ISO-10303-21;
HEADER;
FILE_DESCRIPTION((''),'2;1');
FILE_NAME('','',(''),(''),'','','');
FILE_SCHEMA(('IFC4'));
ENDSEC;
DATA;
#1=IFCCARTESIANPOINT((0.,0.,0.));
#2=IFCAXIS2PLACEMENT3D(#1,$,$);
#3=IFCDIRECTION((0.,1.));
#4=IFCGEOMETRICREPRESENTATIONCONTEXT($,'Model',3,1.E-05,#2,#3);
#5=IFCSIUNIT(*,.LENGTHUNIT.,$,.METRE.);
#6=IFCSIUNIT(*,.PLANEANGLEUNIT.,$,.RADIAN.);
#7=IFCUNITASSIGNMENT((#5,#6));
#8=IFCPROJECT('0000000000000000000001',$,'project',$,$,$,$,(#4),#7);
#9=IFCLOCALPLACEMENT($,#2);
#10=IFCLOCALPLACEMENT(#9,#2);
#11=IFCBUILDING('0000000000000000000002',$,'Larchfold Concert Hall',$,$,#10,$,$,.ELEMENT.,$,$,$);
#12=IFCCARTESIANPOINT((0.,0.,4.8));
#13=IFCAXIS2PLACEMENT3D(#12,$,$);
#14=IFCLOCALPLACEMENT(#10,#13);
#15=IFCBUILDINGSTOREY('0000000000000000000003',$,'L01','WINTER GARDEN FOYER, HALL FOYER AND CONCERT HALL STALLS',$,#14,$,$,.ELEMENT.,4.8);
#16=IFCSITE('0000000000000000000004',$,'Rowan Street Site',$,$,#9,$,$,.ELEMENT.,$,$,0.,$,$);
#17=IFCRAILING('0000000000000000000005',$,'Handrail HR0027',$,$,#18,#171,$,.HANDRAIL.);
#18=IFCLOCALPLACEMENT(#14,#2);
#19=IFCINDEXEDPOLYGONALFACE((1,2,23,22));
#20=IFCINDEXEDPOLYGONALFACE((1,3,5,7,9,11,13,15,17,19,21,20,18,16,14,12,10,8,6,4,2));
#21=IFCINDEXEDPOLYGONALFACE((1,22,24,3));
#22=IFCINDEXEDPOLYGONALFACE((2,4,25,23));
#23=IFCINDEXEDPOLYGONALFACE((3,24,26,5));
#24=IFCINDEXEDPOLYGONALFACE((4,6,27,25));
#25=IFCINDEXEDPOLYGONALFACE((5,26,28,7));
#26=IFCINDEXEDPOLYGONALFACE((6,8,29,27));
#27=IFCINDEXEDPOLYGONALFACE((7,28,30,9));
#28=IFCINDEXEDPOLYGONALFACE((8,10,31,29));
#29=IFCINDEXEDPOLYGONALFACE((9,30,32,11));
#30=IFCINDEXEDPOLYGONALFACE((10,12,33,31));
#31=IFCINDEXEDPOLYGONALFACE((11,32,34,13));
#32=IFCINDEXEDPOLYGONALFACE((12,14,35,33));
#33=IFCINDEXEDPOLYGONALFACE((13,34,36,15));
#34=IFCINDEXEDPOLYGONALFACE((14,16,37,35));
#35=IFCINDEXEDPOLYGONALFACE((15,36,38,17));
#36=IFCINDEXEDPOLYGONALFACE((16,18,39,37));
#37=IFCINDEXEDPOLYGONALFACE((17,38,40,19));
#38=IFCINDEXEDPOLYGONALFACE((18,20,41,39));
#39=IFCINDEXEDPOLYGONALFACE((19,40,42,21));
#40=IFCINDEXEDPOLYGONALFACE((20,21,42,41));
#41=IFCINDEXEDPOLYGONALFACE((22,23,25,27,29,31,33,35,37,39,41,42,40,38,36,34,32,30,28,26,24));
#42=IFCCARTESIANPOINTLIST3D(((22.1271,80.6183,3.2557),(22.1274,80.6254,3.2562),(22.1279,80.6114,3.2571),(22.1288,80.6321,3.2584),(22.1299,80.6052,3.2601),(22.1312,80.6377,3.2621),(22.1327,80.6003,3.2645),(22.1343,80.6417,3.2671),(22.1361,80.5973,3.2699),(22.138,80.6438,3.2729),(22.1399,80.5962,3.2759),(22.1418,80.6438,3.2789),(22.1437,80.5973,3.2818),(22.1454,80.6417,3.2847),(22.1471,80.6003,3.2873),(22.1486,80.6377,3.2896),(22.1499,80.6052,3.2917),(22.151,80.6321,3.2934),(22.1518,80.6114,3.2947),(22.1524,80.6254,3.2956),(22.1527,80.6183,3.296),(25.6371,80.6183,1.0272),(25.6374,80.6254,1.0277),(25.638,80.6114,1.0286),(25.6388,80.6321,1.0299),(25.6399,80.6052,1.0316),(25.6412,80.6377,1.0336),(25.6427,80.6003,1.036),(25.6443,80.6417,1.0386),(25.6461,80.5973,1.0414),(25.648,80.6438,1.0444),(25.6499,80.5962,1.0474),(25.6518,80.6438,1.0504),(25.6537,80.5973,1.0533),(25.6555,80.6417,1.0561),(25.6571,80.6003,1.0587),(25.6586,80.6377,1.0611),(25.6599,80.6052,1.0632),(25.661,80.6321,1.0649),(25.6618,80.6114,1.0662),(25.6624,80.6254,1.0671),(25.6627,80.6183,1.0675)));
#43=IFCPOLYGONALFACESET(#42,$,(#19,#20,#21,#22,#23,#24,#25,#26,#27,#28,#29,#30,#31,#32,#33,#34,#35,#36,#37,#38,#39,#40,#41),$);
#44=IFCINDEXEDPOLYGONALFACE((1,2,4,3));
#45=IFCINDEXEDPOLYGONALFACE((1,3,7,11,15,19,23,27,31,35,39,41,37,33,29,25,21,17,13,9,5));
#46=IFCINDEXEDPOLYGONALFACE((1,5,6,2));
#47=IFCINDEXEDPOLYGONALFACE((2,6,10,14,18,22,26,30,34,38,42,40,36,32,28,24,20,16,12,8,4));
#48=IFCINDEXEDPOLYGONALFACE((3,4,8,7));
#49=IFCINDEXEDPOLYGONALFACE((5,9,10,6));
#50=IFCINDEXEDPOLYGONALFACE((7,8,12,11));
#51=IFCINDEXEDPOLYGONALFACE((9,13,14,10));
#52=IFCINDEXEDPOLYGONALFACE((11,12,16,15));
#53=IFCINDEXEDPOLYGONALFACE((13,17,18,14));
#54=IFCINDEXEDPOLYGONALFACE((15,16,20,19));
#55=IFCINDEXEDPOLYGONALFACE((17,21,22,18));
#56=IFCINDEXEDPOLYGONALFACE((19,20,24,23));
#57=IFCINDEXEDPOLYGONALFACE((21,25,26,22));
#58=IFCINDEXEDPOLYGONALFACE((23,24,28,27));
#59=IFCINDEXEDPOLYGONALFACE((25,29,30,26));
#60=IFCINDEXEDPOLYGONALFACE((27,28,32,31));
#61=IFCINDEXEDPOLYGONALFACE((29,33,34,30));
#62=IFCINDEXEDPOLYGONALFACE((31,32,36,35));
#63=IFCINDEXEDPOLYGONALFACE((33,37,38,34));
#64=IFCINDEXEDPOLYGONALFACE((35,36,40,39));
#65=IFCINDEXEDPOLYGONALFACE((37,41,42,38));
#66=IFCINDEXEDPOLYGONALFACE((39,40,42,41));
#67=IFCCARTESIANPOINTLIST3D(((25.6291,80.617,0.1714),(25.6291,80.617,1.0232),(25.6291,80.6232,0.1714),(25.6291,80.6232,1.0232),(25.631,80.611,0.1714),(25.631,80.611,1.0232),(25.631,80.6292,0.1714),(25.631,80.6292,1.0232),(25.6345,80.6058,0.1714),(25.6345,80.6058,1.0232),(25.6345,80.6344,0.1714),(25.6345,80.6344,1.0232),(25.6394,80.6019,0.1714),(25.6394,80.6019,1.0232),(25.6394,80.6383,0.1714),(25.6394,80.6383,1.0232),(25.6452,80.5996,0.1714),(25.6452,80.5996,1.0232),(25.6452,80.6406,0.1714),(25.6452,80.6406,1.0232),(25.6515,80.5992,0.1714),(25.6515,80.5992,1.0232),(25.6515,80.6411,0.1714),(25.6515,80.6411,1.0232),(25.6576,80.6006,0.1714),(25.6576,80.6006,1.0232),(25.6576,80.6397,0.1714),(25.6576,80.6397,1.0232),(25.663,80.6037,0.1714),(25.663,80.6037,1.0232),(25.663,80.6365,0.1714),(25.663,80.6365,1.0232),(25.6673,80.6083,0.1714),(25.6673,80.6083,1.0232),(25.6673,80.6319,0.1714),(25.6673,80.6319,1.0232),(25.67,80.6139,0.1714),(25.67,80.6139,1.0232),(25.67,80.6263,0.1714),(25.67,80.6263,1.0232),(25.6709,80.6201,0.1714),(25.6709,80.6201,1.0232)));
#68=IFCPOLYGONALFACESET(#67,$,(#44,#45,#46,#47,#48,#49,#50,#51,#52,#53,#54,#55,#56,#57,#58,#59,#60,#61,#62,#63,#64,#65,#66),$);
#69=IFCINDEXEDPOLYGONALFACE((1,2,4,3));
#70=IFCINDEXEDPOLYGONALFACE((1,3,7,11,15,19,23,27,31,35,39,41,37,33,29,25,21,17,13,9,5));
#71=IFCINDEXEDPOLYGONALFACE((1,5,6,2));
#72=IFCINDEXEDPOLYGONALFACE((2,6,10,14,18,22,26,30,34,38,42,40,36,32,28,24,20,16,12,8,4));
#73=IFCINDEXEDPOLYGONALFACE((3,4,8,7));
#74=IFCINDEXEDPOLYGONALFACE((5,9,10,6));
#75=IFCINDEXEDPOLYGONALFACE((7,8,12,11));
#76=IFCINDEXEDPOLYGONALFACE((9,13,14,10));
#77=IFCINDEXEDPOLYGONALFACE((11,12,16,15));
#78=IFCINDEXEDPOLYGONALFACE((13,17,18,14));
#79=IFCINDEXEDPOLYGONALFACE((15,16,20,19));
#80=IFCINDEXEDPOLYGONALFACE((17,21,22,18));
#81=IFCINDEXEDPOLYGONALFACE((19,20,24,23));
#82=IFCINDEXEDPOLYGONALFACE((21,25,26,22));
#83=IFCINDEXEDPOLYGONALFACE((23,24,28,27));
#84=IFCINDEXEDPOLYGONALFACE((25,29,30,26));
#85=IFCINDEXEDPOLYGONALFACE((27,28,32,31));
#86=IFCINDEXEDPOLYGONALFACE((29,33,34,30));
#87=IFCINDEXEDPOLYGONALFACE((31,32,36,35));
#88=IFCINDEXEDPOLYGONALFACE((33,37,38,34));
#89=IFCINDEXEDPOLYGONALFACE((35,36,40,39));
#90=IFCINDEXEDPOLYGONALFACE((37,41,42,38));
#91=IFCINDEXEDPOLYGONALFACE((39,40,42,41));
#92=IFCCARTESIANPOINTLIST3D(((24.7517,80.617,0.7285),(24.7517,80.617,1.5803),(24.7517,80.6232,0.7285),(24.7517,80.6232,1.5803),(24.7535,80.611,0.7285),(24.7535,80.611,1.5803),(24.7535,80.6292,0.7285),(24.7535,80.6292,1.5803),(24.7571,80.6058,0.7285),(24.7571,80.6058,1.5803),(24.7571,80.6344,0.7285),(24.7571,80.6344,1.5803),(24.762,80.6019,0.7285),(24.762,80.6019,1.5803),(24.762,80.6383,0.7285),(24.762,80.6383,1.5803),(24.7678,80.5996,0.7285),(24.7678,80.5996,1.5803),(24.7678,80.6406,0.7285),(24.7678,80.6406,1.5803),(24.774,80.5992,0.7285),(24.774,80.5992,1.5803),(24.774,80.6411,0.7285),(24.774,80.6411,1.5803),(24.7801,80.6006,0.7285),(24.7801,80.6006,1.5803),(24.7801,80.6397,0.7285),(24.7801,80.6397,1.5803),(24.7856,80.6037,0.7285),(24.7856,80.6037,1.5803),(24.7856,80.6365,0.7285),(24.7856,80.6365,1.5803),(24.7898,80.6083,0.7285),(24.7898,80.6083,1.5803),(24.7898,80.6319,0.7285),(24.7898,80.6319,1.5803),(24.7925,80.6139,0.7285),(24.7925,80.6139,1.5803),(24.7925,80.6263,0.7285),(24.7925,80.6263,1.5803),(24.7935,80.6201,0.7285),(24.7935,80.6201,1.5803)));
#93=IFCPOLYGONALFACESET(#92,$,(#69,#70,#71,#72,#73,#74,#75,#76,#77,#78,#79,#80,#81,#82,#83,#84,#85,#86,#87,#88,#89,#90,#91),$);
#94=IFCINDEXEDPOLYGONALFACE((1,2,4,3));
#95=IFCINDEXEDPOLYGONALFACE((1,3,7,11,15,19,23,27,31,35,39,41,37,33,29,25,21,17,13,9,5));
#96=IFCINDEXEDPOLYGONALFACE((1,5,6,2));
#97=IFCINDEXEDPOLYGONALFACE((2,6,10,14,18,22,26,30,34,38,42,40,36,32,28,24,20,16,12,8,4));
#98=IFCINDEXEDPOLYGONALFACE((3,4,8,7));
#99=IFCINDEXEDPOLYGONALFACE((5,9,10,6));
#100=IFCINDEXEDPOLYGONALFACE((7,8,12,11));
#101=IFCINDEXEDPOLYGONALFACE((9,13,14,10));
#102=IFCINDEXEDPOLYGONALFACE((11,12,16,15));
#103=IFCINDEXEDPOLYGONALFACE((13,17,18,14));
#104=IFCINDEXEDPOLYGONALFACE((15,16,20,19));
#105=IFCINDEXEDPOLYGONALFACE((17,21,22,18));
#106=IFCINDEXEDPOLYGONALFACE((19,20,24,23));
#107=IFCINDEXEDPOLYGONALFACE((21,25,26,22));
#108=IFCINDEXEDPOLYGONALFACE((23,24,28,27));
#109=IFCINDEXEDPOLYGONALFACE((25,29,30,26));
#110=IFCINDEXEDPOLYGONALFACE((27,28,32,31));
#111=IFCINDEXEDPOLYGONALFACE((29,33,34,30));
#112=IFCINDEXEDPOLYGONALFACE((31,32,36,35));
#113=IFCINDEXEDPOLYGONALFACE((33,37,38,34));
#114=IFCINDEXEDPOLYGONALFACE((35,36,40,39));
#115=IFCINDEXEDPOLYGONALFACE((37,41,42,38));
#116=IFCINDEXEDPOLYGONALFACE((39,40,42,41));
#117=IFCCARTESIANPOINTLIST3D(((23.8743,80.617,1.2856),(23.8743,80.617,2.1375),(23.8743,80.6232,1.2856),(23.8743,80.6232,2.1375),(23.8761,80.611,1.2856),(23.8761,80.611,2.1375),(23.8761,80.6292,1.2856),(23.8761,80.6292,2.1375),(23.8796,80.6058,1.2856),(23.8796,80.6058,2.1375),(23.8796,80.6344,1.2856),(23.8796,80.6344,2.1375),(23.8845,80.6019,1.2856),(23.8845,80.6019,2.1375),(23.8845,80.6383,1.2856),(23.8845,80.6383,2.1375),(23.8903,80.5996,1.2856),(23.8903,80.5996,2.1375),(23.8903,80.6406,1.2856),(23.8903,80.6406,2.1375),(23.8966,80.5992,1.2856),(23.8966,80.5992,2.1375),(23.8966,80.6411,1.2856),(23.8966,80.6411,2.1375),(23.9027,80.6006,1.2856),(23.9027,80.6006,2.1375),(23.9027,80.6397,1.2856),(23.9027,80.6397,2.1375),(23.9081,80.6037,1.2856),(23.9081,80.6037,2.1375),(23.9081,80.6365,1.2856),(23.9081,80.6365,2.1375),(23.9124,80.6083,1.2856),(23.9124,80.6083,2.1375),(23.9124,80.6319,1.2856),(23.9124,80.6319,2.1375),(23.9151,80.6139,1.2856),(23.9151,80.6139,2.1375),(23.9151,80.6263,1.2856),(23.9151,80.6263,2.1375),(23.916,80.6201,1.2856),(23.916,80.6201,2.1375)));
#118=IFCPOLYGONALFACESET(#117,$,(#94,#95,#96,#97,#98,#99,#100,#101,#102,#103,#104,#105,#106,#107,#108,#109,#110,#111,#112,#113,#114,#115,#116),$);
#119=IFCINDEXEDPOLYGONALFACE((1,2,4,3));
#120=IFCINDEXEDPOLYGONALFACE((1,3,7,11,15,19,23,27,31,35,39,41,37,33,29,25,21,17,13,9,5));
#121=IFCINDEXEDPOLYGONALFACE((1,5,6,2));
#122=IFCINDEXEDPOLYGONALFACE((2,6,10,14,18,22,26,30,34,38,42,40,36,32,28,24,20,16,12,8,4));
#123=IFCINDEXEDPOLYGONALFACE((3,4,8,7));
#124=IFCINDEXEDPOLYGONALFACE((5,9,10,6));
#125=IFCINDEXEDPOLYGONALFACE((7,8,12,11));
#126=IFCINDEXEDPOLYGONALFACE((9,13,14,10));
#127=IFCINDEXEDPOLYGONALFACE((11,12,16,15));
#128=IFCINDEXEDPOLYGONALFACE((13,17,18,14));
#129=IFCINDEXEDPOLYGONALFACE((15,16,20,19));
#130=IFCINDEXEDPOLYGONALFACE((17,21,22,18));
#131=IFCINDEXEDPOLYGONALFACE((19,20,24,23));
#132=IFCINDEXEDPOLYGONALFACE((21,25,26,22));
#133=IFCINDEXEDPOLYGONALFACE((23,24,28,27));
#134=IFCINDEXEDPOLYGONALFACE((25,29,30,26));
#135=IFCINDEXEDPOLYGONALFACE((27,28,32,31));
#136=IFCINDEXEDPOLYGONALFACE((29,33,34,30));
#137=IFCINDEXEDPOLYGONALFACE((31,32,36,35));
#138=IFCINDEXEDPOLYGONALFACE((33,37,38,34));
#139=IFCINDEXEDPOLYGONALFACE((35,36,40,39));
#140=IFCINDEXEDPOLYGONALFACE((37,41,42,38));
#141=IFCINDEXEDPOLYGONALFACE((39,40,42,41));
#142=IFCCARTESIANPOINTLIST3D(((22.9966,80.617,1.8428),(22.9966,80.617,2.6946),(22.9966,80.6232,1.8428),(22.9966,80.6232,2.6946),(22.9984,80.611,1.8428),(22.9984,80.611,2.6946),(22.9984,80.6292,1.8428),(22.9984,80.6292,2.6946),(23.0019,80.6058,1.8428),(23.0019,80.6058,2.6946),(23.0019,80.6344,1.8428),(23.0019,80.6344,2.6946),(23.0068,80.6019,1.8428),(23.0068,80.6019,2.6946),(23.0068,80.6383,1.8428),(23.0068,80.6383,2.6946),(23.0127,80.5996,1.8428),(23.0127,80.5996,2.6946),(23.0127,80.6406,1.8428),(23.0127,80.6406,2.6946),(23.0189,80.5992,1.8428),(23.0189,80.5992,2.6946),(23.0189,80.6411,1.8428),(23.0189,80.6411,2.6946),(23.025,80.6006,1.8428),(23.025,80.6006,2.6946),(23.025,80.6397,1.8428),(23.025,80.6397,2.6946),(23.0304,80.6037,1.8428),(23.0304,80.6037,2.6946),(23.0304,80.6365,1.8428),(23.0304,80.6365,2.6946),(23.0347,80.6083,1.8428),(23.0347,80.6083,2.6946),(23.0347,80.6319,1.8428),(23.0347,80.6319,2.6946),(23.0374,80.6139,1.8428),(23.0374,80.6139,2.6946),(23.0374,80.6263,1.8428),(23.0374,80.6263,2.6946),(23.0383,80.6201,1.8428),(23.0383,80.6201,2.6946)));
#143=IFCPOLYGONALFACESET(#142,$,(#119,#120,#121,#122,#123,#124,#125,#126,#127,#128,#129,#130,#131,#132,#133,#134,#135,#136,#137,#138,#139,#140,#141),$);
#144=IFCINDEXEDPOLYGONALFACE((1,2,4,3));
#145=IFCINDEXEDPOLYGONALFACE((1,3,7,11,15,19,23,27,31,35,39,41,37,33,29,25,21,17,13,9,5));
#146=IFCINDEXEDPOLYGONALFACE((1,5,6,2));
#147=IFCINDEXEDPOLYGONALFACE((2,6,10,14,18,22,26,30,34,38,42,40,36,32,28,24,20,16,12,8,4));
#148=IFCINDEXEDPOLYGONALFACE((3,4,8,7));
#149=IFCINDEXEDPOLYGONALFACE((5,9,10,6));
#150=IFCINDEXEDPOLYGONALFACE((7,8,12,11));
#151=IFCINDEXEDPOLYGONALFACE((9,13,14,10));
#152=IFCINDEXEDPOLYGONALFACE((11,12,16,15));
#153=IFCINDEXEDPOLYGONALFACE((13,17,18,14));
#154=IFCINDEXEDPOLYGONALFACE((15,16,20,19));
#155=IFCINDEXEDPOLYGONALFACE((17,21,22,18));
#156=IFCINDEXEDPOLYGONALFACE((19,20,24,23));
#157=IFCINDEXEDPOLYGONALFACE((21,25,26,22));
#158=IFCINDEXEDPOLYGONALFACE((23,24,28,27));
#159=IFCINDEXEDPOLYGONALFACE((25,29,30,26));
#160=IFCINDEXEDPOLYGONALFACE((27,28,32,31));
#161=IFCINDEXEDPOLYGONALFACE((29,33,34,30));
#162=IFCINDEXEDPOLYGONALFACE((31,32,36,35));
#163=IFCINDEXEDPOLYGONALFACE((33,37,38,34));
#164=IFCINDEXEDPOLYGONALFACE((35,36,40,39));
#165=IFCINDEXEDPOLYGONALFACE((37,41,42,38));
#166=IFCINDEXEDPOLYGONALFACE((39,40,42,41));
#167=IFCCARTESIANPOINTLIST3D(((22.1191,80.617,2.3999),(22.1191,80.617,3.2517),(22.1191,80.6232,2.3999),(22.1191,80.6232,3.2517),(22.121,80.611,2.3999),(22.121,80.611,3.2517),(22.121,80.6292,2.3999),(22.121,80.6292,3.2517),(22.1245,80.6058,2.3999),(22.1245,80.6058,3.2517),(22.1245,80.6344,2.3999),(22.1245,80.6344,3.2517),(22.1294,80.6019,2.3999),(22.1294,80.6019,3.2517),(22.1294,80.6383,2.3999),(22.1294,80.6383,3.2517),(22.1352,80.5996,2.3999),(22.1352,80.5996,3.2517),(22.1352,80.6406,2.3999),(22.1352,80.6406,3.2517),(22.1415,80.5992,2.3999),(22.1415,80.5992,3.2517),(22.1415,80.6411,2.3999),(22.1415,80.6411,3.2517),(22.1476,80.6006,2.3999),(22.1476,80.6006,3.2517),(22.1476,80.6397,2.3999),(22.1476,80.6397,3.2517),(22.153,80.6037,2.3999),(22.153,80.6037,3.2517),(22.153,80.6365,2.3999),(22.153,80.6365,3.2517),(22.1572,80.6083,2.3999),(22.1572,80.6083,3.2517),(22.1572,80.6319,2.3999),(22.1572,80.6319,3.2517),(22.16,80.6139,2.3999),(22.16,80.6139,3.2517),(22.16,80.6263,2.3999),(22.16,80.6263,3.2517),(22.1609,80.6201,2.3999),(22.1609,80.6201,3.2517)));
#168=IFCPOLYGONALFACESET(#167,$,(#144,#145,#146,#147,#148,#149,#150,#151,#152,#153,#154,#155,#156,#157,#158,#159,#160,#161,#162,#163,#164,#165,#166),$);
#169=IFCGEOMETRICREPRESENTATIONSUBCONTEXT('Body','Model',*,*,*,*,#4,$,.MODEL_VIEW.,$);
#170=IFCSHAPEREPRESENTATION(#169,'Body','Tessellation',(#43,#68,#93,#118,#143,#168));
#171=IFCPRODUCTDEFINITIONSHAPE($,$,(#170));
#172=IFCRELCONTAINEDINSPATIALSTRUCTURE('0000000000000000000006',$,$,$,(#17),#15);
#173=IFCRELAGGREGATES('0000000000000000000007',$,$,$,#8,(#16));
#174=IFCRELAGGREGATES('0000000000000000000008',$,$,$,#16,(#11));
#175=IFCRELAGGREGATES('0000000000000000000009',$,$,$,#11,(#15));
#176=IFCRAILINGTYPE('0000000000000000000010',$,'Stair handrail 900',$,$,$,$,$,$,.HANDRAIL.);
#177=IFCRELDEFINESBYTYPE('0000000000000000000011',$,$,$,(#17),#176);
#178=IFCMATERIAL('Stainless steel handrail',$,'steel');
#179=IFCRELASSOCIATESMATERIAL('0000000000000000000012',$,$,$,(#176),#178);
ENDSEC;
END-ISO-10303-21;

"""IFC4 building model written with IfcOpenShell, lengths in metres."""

from ifc_helpers import new_model, si_unit, direction, frame, origin, origin_2d, place, context, subcontext, project, spatial, circle, extrude, material, type_object, element, save


model = new_model("IFC4")

# Units and contexts
model_context = context("Model", 3, precision=1e-05, world=origin(), true_north=direction((0.0, 1.0)))
body_context = subcontext(model_context, "Body", "Model", "MODEL_VIEW")
ifc_project = project(units=[si_unit("LENGTHUNIT", "METRE"), si_unit("PLANEANGLEUNIT", "RADIAN")], contexts=[model_context])

# Site, building, storey
site_placement = place(None, origin())
site = spatial("IfcSite", under=ifc_project, at=site_placement, Name="Rowan Street Site", CompositionType="ELEMENT", RefElevation=0.0)
building_placement = place(site_placement, origin())
building = spatial("IfcBuilding", under=site, at=building_placement, Name="Larchfold Concert Hall", CompositionType="ELEMENT")
storey_placement = place(building_placement, frame((0.0, 0.0, 4.8)))
storey = spatial("IfcBuildingStorey", under=building, at=storey_placement, Name="L01", Description="WINTER GARDEN FOYER, HALL FOYER AND CONCERT HALL STALLS", CompositionType="ELEMENT", Elevation=4.8)

# Railing
ifc_material_1 = material(Name="Stainless steel handrail", Category="steel")
railing_type = type_object("IfcRailingType", Name="Stair handrail 900", PredefinedType="HANDRAIL", material=ifc_material_1)
for number, where, name in (
    (1, (25.6499, 80.6201, 0.1714), "Handrail HR0027"),
):
    element("IfcRailing", number, at=place(storey_placement, frame(where)), inside=storey, type_object=railing_type, Name=name, PredefinedType="HANDRAIL", context=body_context, shape_type="SweptSolid", body=[
        extrude(circle(Radius=0.0239, at=origin_2d()), frame((0.0, 0.0, 0.876), z_axis=(-0.84422, 0.0, 0.535998), x_axis=(0.0, -1.0, 0.0)), (0.0, 0.0, 1.0), 4.1577),
        extrude(circle(Radius=0.021, at=origin_2d()), origin(), (0.0, 0.0, 1.0), 0.8518),
        extrude(circle(Radius=0.021, at=origin_2d()), frame((-0.8774, 0.0, 0.5571)), (0.0, 0.0, 1.0), 0.8518),
        extrude(circle(Radius=0.021, at=origin_2d()), frame((-1.7549, 0.0, 1.1143)), (0.0, 0.0, 1.0), 0.8518),
        extrude(circle(Radius=0.021, at=origin_2d()), frame((-2.6326, 0.0, 1.6714)), (0.0, 0.0, 1.0), 0.8518),
        extrude(circle(Radius=0.021, at=origin_2d()), frame((-3.51, 0.0, 2.2285)), (0.0, 0.0, 1.0), 0.8518),
    ])

save(model, "model.ifc")
